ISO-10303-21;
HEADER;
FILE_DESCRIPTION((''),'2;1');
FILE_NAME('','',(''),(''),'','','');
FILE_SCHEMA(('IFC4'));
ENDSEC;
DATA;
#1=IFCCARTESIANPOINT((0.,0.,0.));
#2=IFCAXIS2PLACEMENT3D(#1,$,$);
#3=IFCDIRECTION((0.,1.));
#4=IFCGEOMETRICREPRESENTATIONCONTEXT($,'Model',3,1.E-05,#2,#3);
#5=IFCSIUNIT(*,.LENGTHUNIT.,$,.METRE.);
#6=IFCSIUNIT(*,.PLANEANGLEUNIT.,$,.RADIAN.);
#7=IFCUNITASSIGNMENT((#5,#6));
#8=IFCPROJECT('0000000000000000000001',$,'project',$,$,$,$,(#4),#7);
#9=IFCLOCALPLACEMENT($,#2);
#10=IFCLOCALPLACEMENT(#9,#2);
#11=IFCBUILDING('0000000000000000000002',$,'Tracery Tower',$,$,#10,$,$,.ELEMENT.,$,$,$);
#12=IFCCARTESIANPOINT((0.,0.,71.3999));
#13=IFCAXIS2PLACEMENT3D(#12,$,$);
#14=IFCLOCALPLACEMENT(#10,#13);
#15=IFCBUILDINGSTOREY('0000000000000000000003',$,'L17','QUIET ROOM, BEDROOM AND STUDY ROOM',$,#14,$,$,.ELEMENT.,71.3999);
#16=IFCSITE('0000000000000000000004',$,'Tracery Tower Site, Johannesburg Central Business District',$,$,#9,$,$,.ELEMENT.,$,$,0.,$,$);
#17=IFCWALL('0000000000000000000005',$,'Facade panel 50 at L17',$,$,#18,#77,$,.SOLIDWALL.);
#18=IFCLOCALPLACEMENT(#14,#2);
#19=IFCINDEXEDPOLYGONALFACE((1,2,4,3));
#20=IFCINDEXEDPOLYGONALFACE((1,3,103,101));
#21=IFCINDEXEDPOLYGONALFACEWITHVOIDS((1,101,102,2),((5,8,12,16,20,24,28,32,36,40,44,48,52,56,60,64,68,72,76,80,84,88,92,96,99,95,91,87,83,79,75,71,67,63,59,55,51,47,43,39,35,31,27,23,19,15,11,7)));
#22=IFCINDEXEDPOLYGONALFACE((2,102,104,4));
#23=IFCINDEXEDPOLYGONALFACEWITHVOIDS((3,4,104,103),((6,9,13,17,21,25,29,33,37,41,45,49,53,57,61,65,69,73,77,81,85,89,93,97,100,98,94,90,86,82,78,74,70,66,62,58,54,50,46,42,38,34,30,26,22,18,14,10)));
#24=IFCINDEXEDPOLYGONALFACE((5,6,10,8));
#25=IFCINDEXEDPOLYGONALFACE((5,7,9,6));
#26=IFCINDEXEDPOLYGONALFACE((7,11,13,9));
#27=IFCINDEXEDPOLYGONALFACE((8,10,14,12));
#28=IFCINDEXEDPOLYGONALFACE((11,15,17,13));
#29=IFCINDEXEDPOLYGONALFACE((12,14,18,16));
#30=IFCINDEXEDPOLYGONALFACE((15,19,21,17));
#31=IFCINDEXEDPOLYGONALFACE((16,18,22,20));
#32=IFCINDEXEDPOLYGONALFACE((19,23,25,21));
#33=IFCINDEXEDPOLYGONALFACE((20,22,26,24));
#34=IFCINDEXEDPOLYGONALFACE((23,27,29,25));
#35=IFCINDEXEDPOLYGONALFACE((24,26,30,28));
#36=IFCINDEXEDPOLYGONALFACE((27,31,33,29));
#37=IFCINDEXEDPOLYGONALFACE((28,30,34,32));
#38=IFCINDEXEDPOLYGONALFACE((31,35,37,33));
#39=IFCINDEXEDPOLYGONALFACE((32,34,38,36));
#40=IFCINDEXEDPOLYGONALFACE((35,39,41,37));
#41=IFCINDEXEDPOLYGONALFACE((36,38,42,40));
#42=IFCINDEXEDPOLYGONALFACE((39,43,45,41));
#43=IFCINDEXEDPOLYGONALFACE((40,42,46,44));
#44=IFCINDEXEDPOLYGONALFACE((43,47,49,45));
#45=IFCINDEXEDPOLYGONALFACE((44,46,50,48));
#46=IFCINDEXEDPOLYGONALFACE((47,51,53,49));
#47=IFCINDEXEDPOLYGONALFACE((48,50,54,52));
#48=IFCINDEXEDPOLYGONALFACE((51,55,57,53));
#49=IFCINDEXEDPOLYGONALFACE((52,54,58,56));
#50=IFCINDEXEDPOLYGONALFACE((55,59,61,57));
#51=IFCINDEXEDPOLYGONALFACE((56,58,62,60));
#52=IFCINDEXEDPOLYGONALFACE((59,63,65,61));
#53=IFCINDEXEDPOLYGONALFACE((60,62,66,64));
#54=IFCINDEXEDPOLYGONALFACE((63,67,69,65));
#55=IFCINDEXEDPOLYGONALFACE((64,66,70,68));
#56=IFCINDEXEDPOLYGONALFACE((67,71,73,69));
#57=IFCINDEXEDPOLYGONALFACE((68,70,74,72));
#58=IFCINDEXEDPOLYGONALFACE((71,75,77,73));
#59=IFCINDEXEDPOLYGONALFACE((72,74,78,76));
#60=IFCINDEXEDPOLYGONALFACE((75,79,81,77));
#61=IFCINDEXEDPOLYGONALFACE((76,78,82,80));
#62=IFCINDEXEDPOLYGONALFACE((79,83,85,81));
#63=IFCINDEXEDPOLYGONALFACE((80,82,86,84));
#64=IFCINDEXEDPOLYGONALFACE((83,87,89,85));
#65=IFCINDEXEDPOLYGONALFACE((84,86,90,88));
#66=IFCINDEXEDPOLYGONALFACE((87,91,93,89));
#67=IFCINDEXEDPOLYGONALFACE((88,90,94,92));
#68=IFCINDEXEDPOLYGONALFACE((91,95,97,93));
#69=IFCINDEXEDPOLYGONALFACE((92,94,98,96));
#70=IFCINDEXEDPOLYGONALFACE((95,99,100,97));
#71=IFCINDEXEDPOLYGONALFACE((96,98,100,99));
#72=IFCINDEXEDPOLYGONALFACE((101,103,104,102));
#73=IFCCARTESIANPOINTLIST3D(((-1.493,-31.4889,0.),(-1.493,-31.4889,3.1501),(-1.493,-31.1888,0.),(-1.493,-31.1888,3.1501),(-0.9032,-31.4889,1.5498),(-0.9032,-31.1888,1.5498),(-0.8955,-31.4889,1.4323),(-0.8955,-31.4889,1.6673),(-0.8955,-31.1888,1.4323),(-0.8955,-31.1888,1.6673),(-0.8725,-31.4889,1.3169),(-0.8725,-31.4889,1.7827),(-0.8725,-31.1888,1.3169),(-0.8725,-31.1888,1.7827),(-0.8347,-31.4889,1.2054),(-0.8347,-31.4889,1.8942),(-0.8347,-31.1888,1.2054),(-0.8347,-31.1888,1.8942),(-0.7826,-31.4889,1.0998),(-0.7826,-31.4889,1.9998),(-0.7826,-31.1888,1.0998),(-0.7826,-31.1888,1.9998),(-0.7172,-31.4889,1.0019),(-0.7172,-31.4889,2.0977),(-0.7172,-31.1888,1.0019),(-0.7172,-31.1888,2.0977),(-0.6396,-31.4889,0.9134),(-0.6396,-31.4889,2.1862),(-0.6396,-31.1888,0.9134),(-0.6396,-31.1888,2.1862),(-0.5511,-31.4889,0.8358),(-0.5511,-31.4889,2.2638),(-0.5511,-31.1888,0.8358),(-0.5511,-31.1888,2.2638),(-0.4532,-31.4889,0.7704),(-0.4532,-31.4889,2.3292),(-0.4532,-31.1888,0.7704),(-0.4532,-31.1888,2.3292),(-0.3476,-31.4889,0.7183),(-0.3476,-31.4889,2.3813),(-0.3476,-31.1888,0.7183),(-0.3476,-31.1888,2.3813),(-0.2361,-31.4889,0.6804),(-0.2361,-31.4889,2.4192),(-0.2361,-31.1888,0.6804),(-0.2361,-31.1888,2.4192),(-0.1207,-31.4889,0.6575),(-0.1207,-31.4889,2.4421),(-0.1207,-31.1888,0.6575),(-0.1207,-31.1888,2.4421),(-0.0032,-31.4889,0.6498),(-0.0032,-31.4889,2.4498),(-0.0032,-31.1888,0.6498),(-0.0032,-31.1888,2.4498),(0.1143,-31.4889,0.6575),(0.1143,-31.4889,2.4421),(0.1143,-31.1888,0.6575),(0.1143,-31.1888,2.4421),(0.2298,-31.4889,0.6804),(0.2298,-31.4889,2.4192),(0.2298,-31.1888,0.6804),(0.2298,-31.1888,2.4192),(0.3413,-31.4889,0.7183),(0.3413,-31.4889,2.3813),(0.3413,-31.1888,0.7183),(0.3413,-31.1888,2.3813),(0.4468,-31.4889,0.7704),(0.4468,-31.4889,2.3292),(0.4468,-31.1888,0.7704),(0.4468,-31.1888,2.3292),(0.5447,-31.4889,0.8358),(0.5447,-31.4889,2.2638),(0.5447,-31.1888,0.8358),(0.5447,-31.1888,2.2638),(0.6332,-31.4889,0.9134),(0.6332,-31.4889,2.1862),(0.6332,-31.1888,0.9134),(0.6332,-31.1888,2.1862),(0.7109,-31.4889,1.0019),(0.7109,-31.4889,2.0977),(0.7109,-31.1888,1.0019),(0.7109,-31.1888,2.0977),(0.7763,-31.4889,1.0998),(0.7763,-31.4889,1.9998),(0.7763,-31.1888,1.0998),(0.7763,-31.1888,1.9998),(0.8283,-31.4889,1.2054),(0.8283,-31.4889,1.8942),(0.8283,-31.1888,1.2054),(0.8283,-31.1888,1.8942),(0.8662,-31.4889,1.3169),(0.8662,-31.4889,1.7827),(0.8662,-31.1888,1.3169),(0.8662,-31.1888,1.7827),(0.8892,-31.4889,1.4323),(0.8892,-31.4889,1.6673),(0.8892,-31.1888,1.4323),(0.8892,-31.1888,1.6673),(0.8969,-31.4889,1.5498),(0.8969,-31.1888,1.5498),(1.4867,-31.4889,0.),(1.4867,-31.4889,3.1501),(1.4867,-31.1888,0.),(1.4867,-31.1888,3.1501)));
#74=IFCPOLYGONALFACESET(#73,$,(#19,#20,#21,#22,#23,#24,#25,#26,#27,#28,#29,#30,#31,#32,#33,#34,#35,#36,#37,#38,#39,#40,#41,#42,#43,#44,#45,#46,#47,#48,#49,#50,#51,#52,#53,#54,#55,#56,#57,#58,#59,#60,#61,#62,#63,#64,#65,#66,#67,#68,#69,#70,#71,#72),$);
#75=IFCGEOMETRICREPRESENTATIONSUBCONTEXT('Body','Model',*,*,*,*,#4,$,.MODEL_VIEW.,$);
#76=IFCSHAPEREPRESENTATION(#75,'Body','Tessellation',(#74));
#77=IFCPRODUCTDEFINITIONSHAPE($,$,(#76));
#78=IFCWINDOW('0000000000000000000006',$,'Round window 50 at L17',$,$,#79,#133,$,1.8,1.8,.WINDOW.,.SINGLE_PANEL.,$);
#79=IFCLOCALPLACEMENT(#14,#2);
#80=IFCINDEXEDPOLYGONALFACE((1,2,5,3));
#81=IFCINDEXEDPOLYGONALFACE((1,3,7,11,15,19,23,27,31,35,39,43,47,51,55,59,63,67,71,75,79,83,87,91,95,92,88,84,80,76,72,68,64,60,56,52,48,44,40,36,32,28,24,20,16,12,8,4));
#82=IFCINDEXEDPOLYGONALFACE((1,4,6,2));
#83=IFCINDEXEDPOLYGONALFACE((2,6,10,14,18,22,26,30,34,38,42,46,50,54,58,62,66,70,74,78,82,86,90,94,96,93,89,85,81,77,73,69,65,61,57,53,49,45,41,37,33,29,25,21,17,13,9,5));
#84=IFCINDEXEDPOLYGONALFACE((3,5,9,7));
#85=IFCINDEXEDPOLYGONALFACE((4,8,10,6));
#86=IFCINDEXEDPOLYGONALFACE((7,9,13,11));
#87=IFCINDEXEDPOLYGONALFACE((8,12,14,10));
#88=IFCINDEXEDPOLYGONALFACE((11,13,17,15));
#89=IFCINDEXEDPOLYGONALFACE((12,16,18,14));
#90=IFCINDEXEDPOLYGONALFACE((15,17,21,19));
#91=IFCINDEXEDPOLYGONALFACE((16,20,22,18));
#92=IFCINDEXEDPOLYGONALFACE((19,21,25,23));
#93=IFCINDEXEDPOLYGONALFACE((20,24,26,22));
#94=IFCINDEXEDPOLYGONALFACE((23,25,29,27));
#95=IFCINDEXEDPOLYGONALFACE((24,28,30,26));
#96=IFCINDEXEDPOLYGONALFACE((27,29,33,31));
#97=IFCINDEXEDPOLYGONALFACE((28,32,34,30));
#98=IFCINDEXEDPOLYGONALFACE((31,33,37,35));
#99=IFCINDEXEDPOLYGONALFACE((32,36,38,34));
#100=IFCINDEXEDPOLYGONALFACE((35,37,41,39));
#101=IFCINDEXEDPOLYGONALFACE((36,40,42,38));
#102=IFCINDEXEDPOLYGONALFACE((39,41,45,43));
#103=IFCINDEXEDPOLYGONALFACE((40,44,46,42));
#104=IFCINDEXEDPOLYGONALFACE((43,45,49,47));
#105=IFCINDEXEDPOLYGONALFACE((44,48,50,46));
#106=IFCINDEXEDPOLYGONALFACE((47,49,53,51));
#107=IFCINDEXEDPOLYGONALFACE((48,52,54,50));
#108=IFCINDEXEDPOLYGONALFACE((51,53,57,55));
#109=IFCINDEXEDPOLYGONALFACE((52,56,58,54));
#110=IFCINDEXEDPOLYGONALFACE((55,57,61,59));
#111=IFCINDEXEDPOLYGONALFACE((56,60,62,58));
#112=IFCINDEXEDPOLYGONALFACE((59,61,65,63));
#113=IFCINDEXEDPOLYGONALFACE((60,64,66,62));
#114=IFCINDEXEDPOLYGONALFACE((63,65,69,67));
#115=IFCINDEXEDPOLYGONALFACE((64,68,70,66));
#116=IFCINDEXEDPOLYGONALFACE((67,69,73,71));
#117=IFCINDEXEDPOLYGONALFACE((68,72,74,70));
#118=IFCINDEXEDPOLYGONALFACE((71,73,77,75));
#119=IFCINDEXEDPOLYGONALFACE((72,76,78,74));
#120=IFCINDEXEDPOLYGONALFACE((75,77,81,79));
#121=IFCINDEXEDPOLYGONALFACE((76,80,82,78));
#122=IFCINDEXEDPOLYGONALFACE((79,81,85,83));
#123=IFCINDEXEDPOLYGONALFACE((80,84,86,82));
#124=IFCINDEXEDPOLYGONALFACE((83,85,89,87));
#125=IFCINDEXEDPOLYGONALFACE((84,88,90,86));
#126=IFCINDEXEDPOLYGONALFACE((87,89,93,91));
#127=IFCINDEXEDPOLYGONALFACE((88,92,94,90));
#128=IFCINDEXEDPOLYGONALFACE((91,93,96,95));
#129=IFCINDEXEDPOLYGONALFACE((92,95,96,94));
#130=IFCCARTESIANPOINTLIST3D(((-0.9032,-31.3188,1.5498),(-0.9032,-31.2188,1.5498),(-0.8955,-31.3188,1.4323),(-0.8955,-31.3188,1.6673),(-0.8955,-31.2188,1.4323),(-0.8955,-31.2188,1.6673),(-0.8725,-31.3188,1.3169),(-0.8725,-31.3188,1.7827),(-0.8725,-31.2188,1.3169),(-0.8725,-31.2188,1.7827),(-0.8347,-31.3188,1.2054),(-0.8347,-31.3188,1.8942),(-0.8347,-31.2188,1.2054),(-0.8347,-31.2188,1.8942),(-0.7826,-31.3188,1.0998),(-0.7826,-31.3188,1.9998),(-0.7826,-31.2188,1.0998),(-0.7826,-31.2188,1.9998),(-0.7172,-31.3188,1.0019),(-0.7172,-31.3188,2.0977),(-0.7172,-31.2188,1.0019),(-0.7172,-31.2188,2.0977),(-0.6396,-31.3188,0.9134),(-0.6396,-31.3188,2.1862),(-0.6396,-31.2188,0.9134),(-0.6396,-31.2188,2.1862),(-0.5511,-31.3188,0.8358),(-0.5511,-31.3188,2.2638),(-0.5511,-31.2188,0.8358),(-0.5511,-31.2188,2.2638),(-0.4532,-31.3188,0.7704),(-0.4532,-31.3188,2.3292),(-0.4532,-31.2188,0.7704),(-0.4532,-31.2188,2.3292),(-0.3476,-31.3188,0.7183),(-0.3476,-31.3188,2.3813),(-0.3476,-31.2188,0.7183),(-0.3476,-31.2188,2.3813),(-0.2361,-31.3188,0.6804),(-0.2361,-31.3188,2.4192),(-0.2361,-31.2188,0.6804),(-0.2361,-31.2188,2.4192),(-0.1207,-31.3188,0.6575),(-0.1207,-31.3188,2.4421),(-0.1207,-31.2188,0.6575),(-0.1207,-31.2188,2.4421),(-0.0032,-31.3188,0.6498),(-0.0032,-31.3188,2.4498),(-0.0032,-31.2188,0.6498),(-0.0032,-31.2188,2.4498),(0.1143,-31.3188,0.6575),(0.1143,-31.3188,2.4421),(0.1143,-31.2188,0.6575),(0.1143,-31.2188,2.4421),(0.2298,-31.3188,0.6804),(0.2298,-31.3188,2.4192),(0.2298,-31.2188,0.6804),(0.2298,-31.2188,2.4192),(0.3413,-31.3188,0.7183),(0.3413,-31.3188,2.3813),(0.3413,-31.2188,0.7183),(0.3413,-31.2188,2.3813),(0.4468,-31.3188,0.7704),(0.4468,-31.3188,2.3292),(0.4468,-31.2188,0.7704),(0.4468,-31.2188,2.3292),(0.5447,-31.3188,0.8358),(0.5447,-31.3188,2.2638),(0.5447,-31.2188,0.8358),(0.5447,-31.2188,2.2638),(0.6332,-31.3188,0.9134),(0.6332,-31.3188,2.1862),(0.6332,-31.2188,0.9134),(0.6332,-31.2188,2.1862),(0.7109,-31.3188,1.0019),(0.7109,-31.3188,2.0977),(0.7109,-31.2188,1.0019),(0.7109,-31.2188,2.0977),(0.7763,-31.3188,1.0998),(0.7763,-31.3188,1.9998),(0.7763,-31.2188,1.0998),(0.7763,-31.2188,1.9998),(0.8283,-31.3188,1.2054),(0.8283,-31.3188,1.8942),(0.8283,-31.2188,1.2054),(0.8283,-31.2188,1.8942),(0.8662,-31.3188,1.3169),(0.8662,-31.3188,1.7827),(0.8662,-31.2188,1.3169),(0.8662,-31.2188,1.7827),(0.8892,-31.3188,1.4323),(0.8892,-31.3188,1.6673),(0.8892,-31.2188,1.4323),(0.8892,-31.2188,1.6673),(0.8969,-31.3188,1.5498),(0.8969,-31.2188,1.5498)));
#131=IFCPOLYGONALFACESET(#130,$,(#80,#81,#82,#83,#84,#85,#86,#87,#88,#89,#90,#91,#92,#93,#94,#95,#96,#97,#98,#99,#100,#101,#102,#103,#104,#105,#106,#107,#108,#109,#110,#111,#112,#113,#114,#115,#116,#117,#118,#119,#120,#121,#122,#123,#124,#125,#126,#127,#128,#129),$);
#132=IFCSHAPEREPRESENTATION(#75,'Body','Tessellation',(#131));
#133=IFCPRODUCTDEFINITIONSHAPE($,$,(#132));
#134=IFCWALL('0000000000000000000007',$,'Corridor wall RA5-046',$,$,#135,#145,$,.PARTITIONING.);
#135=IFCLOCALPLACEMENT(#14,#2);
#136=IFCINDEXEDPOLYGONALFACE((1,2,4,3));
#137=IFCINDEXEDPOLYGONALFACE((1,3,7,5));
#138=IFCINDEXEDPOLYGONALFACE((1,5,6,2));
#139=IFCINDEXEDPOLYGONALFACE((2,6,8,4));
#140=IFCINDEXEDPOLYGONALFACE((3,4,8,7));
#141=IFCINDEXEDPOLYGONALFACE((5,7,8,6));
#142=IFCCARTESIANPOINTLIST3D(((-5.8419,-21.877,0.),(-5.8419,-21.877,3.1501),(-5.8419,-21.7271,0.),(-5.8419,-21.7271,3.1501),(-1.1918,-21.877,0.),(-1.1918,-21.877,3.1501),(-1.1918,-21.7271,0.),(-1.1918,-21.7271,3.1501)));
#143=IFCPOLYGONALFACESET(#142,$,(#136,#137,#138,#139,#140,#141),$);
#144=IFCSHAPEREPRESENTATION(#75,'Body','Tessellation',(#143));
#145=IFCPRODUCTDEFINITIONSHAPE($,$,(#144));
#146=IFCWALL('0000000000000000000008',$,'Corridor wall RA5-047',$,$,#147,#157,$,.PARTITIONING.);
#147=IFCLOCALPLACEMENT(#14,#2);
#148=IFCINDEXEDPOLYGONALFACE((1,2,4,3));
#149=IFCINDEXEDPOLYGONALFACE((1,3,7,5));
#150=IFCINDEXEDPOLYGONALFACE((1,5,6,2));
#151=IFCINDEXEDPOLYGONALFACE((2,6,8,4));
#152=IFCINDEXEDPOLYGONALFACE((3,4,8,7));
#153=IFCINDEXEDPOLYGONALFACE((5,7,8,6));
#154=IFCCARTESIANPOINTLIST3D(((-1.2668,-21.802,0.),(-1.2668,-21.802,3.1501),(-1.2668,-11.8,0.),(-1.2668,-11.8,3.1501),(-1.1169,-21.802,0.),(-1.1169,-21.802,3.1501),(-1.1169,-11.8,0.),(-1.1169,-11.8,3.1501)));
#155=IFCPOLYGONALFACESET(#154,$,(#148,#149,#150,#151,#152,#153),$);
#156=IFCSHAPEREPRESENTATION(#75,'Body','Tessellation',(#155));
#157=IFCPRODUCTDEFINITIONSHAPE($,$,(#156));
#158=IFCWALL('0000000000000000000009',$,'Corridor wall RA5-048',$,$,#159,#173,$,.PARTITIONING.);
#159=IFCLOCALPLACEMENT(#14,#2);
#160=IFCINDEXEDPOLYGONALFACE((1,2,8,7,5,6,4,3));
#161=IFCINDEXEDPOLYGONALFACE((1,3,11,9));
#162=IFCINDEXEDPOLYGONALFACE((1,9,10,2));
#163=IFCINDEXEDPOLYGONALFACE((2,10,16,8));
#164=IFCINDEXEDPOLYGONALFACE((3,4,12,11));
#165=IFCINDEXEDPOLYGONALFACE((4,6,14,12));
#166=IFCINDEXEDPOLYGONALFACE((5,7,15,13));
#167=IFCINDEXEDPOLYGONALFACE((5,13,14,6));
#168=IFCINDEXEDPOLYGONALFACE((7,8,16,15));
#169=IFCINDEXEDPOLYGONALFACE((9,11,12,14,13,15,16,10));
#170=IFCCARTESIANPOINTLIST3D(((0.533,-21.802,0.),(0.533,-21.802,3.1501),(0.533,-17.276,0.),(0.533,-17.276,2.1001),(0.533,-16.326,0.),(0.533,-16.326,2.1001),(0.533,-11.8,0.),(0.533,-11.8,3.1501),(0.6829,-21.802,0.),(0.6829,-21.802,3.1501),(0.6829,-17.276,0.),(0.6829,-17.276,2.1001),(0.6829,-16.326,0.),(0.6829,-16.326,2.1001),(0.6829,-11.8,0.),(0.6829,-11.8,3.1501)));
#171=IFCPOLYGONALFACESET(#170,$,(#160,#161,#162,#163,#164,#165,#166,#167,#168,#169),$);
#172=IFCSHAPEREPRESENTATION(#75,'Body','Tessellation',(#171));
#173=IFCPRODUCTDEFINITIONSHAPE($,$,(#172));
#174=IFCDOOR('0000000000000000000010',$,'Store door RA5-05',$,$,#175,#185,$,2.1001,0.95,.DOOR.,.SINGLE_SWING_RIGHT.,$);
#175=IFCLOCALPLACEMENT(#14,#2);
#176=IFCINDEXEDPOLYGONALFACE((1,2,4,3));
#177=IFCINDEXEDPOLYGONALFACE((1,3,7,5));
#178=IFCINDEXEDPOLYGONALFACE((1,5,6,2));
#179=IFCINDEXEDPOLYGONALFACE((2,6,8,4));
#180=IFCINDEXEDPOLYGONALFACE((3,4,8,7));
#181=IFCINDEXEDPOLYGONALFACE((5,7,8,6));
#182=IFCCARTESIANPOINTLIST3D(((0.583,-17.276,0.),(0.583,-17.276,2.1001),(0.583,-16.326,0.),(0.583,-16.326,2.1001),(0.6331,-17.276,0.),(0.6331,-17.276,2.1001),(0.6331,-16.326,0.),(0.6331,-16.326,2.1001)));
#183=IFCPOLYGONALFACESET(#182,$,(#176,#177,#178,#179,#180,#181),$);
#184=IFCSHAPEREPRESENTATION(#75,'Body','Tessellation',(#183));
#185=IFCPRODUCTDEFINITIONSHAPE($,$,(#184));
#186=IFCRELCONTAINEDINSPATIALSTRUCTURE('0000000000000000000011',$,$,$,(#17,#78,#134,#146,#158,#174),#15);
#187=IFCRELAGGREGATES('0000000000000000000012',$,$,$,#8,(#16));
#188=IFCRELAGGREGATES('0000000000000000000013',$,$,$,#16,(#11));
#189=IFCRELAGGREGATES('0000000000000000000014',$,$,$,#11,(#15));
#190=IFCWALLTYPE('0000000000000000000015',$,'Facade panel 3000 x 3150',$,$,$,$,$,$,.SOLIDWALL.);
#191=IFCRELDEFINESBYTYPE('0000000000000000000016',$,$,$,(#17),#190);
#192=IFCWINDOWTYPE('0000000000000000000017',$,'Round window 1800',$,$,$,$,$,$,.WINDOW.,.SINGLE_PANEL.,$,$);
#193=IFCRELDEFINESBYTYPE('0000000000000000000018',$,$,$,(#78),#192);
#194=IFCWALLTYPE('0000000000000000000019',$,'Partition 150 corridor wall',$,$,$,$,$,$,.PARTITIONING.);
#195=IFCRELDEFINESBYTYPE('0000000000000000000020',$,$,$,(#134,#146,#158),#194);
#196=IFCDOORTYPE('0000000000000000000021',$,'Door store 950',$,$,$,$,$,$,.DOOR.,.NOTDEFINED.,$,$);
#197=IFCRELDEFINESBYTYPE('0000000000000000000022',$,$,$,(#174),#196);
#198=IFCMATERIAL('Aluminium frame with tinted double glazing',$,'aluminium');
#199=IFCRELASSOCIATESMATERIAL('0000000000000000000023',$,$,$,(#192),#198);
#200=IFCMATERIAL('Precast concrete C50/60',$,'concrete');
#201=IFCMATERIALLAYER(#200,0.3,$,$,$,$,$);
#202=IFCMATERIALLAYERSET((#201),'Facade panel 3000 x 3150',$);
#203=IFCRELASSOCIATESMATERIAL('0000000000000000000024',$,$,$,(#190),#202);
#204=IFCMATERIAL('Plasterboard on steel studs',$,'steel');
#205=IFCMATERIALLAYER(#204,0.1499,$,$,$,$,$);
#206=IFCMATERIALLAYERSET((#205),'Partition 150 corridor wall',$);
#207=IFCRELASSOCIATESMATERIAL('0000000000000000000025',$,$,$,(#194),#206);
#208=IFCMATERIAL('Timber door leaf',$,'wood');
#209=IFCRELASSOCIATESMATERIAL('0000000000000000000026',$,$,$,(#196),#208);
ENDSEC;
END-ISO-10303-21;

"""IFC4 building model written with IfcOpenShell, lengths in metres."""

from ifc_helpers import new_model, si_unit, direction, frame, frame_2d, origin, origin_2d, place, context, subcontext, project, spatial, rectangle, circle, extrude, material, layer, layer_set, type_object, element, fill, save


model = new_model("IFC4")

# Units and contexts
model_context = context("Model", 3, precision=1e-05, world=origin(), true_north=direction((0.0, 1.0)))
body_context = subcontext(model_context, "Body", "Model", "MODEL_VIEW")
ifc_project = project(units=[si_unit("LENGTHUNIT", "METRE"), si_unit("PLANEANGLEUNIT", "RADIAN")], contexts=[model_context])

# Site, building, storey
site_placement = place(None, origin())
site = spatial("IfcSite", under=ifc_project, at=site_placement, Name="Tracery Tower Site, Johannesburg Central Business District", CompositionType="ELEMENT", RefElevation=0.0)
building_placement = place(site_placement, origin())
building = spatial("IfcBuilding", under=site, at=building_placement, Name="Tracery Tower", CompositionType="ELEMENT")
storey_placement = place(building_placement, frame((0.0, 0.0, 71.3999)))
storey = spatial("IfcBuildingStorey", under=building, at=storey_placement, Name="L17", Description="QUIET ROOM, BEDROOM AND STUDY ROOM", CompositionType="ELEMENT", Elevation=71.3999)

# Wall, opening, window
ifc_material_1 = material(Name="Aluminium frame with tinted double glazing", Category="aluminium")
window_type = type_object("IfcWindowType", Name="Round window 1800", PartitioningType="SINGLE_PANEL", PredefinedType="WINDOW", material=ifc_material_1)
ifc_material_2 = material(Name="Precast concrete C50/60", Category="concrete")
ifc_layer_1 = layer(ifc_material_2, 0.3)
ifc_layer_set_1 = layer_set([ifc_layer_1], Name="Facade panel 3000 x 3150")
wall_type_1 = type_object("IfcWallType", Name="Facade panel 3000 x 3150", PredefinedType="SOLIDWALL", material=ifc_layer_set_1)
wall_1_placement = place(storey_placement, frame((-1.4929, -31.3389, 0.0), z_axis=(0.0, 0.0, 1.0), x_axis=(1.0, 0.0, 0.0)))
wall_1 = element("IfcWall", 1, at=wall_1_placement, inside=storey, type_object=wall_type_1, Name="Facade panel 50 at L17", PredefinedType="SOLIDWALL", context=body_context, shape_type="SweptSolid", body=[
    extrude(rectangle(XDim=2.9797, YDim=0.3, at=frame_2d((1.4897, 0.0))), origin(), (0.0, 0.0, 1.0), 3.1501),
])
opening_1_placement = place(wall_1_placement, frame((1.4897, 0.0, 1.5498)))
opening_1 = element("IfcOpeningElement", 2, at=opening_1_placement, cuts=wall_1, PredefinedType="OPENING", context=body_context, shape_type="SweptSolid", body=[
    extrude(circle(Radius=0.9, at=origin_2d()), frame((0.0, 0.1599, 0.0), z_axis=(0.0, -1.0, 0.0), x_axis=(1.0, 0.0, 0.0)), (0.0, 0.0, 1.0), 0.3201),
])
window_1_placement = place(opening_1_placement, origin())
window_1 = element("IfcWindow", 3, at=window_1_placement, inside=storey, type_object=window_type, Name="Round window 50 at L17", OverallHeight=1.8, OverallWidth=1.8, PartitioningType="SINGLE_PANEL", PredefinedType="WINDOW", context=body_context, shape_type="SweptSolid", body=[
    extrude(circle(Radius=0.9, at=origin_2d()), frame((0.0, 0.1201, 0.0), z_axis=(0.0, -1.0, 0.0), x_axis=(1.0, 0.0, 0.0)), (0.0, 0.0, 1.0), 0.1001),
])
fill(opening_1, window_1)

# Walls
ifc_material_3 = material(Name="Plasterboard on steel studs", Category="steel")
ifc_layer_2 = layer(ifc_material_3, 0.1499)
ifc_layer_set_2 = layer_set([ifc_layer_2], Name="Partition 150 corridor wall")
wall_type_2 = type_object("IfcWallType", Name="Partition 150 corridor wall", PredefinedType="PARTITIONING", material=ifc_layer_set_2)
wall_2_placement = place(storey_placement, frame((-5.842, -21.802, 0.0), z_axis=(0.0, 0.0, 1.0), x_axis=(1.0, 0.0, 0.0)))
element("IfcWall", 4, at=wall_2_placement, inside=storey, type_object=wall_type_2, Name="Corridor wall RA5-046", PredefinedType="PARTITIONING", context=body_context, shape_type="SweptSolid", body=[
    extrude(rectangle(XDim=4.6501, YDim=0.1499, at=frame_2d((2.3252, 0.0))), origin(), (0.0, 0.0, 1.0), 3.1501),
])
wall_3_placement = place(storey_placement, frame((-1.1919, -21.802, 0.0), z_axis=(0.0, 0.0, 1.0), x_axis=(0.0, 1.0, 0.0)))
element("IfcWall", 5, at=wall_3_placement, inside=storey, type_object=wall_type_2, Name="Corridor wall RA5-047", PredefinedType="PARTITIONING", context=body_context, shape_type="SweptSolid", body=[
    extrude(rectangle(XDim=10.002, YDim=0.1499, at=frame_2d((5.001, 0.0))), origin(), (0.0, 0.0, 1.0), 3.1501),
])

# Wall, opening, door
wall_4_placement = place(storey_placement, frame((0.6079, -21.802, 0.0), z_axis=(0.0, 0.0, 1.0), x_axis=(0.0, 1.0, 0.0)))
wall_4 = element("IfcWall", 6, at=wall_4_placement, inside=storey, type_object=wall_type_2, Name="Corridor wall RA5-048", PredefinedType="PARTITIONING", context=body_context, shape_type="SweptSolid", body=[
    extrude(rectangle(XDim=10.002, YDim=0.1499, at=frame_2d((5.001, 0.0))), origin(), (0.0, 0.0, 1.0), 3.1501),
])
opening_2_placement = place(wall_4_placement, frame((4.5259, 0.0, 0.0)))
opening_2 = element("IfcOpeningElement", 7, at=opening_2_placement, cuts=wall_4, PredefinedType="OPENING", context=body_context, shape_type="SweptSolid", body=[
    extrude(rectangle(XDim=0.95, YDim=2.1001, at=frame_2d((0.4751, 1.05))), frame((0.0, 0.075, 0.0), z_axis=(0.0, -1.0, 0.0), x_axis=(1.0, 0.0, 0.0)), (0.0, 0.0, 1.0), 0.1499),
])
ifc_material_4 = material(Name="Timber door leaf", Category="wood")
door_type_1 = type_object("IfcDoorType", Name="Door store 950", OperationType="NOTDEFINED", PredefinedType="DOOR", material=ifc_material_4)
door_1_placement = place(opening_2_placement, origin())
door_1 = element("IfcDoor", 8, at=door_1_placement, inside=storey, type_object=door_type_1, Name="Store door RA5-05", OperationType="SINGLE_SWING_RIGHT", OverallHeight=2.1001, OverallWidth=0.95, PredefinedType="DOOR", context=body_context, shape_type="SweptSolid", body=[
    extrude(rectangle(XDim=0.95, YDim=2.1001, at=frame_2d((0.4751, 1.05))), frame((0.0, 0.0249, 0.0), z_axis=(0.0, -1.0, 0.0), x_axis=(1.0, 0.0, 0.0)), (0.0, 0.0, 1.0), 0.05),
])
fill(opening_2, door_1)

save(model, "model.ifc")
